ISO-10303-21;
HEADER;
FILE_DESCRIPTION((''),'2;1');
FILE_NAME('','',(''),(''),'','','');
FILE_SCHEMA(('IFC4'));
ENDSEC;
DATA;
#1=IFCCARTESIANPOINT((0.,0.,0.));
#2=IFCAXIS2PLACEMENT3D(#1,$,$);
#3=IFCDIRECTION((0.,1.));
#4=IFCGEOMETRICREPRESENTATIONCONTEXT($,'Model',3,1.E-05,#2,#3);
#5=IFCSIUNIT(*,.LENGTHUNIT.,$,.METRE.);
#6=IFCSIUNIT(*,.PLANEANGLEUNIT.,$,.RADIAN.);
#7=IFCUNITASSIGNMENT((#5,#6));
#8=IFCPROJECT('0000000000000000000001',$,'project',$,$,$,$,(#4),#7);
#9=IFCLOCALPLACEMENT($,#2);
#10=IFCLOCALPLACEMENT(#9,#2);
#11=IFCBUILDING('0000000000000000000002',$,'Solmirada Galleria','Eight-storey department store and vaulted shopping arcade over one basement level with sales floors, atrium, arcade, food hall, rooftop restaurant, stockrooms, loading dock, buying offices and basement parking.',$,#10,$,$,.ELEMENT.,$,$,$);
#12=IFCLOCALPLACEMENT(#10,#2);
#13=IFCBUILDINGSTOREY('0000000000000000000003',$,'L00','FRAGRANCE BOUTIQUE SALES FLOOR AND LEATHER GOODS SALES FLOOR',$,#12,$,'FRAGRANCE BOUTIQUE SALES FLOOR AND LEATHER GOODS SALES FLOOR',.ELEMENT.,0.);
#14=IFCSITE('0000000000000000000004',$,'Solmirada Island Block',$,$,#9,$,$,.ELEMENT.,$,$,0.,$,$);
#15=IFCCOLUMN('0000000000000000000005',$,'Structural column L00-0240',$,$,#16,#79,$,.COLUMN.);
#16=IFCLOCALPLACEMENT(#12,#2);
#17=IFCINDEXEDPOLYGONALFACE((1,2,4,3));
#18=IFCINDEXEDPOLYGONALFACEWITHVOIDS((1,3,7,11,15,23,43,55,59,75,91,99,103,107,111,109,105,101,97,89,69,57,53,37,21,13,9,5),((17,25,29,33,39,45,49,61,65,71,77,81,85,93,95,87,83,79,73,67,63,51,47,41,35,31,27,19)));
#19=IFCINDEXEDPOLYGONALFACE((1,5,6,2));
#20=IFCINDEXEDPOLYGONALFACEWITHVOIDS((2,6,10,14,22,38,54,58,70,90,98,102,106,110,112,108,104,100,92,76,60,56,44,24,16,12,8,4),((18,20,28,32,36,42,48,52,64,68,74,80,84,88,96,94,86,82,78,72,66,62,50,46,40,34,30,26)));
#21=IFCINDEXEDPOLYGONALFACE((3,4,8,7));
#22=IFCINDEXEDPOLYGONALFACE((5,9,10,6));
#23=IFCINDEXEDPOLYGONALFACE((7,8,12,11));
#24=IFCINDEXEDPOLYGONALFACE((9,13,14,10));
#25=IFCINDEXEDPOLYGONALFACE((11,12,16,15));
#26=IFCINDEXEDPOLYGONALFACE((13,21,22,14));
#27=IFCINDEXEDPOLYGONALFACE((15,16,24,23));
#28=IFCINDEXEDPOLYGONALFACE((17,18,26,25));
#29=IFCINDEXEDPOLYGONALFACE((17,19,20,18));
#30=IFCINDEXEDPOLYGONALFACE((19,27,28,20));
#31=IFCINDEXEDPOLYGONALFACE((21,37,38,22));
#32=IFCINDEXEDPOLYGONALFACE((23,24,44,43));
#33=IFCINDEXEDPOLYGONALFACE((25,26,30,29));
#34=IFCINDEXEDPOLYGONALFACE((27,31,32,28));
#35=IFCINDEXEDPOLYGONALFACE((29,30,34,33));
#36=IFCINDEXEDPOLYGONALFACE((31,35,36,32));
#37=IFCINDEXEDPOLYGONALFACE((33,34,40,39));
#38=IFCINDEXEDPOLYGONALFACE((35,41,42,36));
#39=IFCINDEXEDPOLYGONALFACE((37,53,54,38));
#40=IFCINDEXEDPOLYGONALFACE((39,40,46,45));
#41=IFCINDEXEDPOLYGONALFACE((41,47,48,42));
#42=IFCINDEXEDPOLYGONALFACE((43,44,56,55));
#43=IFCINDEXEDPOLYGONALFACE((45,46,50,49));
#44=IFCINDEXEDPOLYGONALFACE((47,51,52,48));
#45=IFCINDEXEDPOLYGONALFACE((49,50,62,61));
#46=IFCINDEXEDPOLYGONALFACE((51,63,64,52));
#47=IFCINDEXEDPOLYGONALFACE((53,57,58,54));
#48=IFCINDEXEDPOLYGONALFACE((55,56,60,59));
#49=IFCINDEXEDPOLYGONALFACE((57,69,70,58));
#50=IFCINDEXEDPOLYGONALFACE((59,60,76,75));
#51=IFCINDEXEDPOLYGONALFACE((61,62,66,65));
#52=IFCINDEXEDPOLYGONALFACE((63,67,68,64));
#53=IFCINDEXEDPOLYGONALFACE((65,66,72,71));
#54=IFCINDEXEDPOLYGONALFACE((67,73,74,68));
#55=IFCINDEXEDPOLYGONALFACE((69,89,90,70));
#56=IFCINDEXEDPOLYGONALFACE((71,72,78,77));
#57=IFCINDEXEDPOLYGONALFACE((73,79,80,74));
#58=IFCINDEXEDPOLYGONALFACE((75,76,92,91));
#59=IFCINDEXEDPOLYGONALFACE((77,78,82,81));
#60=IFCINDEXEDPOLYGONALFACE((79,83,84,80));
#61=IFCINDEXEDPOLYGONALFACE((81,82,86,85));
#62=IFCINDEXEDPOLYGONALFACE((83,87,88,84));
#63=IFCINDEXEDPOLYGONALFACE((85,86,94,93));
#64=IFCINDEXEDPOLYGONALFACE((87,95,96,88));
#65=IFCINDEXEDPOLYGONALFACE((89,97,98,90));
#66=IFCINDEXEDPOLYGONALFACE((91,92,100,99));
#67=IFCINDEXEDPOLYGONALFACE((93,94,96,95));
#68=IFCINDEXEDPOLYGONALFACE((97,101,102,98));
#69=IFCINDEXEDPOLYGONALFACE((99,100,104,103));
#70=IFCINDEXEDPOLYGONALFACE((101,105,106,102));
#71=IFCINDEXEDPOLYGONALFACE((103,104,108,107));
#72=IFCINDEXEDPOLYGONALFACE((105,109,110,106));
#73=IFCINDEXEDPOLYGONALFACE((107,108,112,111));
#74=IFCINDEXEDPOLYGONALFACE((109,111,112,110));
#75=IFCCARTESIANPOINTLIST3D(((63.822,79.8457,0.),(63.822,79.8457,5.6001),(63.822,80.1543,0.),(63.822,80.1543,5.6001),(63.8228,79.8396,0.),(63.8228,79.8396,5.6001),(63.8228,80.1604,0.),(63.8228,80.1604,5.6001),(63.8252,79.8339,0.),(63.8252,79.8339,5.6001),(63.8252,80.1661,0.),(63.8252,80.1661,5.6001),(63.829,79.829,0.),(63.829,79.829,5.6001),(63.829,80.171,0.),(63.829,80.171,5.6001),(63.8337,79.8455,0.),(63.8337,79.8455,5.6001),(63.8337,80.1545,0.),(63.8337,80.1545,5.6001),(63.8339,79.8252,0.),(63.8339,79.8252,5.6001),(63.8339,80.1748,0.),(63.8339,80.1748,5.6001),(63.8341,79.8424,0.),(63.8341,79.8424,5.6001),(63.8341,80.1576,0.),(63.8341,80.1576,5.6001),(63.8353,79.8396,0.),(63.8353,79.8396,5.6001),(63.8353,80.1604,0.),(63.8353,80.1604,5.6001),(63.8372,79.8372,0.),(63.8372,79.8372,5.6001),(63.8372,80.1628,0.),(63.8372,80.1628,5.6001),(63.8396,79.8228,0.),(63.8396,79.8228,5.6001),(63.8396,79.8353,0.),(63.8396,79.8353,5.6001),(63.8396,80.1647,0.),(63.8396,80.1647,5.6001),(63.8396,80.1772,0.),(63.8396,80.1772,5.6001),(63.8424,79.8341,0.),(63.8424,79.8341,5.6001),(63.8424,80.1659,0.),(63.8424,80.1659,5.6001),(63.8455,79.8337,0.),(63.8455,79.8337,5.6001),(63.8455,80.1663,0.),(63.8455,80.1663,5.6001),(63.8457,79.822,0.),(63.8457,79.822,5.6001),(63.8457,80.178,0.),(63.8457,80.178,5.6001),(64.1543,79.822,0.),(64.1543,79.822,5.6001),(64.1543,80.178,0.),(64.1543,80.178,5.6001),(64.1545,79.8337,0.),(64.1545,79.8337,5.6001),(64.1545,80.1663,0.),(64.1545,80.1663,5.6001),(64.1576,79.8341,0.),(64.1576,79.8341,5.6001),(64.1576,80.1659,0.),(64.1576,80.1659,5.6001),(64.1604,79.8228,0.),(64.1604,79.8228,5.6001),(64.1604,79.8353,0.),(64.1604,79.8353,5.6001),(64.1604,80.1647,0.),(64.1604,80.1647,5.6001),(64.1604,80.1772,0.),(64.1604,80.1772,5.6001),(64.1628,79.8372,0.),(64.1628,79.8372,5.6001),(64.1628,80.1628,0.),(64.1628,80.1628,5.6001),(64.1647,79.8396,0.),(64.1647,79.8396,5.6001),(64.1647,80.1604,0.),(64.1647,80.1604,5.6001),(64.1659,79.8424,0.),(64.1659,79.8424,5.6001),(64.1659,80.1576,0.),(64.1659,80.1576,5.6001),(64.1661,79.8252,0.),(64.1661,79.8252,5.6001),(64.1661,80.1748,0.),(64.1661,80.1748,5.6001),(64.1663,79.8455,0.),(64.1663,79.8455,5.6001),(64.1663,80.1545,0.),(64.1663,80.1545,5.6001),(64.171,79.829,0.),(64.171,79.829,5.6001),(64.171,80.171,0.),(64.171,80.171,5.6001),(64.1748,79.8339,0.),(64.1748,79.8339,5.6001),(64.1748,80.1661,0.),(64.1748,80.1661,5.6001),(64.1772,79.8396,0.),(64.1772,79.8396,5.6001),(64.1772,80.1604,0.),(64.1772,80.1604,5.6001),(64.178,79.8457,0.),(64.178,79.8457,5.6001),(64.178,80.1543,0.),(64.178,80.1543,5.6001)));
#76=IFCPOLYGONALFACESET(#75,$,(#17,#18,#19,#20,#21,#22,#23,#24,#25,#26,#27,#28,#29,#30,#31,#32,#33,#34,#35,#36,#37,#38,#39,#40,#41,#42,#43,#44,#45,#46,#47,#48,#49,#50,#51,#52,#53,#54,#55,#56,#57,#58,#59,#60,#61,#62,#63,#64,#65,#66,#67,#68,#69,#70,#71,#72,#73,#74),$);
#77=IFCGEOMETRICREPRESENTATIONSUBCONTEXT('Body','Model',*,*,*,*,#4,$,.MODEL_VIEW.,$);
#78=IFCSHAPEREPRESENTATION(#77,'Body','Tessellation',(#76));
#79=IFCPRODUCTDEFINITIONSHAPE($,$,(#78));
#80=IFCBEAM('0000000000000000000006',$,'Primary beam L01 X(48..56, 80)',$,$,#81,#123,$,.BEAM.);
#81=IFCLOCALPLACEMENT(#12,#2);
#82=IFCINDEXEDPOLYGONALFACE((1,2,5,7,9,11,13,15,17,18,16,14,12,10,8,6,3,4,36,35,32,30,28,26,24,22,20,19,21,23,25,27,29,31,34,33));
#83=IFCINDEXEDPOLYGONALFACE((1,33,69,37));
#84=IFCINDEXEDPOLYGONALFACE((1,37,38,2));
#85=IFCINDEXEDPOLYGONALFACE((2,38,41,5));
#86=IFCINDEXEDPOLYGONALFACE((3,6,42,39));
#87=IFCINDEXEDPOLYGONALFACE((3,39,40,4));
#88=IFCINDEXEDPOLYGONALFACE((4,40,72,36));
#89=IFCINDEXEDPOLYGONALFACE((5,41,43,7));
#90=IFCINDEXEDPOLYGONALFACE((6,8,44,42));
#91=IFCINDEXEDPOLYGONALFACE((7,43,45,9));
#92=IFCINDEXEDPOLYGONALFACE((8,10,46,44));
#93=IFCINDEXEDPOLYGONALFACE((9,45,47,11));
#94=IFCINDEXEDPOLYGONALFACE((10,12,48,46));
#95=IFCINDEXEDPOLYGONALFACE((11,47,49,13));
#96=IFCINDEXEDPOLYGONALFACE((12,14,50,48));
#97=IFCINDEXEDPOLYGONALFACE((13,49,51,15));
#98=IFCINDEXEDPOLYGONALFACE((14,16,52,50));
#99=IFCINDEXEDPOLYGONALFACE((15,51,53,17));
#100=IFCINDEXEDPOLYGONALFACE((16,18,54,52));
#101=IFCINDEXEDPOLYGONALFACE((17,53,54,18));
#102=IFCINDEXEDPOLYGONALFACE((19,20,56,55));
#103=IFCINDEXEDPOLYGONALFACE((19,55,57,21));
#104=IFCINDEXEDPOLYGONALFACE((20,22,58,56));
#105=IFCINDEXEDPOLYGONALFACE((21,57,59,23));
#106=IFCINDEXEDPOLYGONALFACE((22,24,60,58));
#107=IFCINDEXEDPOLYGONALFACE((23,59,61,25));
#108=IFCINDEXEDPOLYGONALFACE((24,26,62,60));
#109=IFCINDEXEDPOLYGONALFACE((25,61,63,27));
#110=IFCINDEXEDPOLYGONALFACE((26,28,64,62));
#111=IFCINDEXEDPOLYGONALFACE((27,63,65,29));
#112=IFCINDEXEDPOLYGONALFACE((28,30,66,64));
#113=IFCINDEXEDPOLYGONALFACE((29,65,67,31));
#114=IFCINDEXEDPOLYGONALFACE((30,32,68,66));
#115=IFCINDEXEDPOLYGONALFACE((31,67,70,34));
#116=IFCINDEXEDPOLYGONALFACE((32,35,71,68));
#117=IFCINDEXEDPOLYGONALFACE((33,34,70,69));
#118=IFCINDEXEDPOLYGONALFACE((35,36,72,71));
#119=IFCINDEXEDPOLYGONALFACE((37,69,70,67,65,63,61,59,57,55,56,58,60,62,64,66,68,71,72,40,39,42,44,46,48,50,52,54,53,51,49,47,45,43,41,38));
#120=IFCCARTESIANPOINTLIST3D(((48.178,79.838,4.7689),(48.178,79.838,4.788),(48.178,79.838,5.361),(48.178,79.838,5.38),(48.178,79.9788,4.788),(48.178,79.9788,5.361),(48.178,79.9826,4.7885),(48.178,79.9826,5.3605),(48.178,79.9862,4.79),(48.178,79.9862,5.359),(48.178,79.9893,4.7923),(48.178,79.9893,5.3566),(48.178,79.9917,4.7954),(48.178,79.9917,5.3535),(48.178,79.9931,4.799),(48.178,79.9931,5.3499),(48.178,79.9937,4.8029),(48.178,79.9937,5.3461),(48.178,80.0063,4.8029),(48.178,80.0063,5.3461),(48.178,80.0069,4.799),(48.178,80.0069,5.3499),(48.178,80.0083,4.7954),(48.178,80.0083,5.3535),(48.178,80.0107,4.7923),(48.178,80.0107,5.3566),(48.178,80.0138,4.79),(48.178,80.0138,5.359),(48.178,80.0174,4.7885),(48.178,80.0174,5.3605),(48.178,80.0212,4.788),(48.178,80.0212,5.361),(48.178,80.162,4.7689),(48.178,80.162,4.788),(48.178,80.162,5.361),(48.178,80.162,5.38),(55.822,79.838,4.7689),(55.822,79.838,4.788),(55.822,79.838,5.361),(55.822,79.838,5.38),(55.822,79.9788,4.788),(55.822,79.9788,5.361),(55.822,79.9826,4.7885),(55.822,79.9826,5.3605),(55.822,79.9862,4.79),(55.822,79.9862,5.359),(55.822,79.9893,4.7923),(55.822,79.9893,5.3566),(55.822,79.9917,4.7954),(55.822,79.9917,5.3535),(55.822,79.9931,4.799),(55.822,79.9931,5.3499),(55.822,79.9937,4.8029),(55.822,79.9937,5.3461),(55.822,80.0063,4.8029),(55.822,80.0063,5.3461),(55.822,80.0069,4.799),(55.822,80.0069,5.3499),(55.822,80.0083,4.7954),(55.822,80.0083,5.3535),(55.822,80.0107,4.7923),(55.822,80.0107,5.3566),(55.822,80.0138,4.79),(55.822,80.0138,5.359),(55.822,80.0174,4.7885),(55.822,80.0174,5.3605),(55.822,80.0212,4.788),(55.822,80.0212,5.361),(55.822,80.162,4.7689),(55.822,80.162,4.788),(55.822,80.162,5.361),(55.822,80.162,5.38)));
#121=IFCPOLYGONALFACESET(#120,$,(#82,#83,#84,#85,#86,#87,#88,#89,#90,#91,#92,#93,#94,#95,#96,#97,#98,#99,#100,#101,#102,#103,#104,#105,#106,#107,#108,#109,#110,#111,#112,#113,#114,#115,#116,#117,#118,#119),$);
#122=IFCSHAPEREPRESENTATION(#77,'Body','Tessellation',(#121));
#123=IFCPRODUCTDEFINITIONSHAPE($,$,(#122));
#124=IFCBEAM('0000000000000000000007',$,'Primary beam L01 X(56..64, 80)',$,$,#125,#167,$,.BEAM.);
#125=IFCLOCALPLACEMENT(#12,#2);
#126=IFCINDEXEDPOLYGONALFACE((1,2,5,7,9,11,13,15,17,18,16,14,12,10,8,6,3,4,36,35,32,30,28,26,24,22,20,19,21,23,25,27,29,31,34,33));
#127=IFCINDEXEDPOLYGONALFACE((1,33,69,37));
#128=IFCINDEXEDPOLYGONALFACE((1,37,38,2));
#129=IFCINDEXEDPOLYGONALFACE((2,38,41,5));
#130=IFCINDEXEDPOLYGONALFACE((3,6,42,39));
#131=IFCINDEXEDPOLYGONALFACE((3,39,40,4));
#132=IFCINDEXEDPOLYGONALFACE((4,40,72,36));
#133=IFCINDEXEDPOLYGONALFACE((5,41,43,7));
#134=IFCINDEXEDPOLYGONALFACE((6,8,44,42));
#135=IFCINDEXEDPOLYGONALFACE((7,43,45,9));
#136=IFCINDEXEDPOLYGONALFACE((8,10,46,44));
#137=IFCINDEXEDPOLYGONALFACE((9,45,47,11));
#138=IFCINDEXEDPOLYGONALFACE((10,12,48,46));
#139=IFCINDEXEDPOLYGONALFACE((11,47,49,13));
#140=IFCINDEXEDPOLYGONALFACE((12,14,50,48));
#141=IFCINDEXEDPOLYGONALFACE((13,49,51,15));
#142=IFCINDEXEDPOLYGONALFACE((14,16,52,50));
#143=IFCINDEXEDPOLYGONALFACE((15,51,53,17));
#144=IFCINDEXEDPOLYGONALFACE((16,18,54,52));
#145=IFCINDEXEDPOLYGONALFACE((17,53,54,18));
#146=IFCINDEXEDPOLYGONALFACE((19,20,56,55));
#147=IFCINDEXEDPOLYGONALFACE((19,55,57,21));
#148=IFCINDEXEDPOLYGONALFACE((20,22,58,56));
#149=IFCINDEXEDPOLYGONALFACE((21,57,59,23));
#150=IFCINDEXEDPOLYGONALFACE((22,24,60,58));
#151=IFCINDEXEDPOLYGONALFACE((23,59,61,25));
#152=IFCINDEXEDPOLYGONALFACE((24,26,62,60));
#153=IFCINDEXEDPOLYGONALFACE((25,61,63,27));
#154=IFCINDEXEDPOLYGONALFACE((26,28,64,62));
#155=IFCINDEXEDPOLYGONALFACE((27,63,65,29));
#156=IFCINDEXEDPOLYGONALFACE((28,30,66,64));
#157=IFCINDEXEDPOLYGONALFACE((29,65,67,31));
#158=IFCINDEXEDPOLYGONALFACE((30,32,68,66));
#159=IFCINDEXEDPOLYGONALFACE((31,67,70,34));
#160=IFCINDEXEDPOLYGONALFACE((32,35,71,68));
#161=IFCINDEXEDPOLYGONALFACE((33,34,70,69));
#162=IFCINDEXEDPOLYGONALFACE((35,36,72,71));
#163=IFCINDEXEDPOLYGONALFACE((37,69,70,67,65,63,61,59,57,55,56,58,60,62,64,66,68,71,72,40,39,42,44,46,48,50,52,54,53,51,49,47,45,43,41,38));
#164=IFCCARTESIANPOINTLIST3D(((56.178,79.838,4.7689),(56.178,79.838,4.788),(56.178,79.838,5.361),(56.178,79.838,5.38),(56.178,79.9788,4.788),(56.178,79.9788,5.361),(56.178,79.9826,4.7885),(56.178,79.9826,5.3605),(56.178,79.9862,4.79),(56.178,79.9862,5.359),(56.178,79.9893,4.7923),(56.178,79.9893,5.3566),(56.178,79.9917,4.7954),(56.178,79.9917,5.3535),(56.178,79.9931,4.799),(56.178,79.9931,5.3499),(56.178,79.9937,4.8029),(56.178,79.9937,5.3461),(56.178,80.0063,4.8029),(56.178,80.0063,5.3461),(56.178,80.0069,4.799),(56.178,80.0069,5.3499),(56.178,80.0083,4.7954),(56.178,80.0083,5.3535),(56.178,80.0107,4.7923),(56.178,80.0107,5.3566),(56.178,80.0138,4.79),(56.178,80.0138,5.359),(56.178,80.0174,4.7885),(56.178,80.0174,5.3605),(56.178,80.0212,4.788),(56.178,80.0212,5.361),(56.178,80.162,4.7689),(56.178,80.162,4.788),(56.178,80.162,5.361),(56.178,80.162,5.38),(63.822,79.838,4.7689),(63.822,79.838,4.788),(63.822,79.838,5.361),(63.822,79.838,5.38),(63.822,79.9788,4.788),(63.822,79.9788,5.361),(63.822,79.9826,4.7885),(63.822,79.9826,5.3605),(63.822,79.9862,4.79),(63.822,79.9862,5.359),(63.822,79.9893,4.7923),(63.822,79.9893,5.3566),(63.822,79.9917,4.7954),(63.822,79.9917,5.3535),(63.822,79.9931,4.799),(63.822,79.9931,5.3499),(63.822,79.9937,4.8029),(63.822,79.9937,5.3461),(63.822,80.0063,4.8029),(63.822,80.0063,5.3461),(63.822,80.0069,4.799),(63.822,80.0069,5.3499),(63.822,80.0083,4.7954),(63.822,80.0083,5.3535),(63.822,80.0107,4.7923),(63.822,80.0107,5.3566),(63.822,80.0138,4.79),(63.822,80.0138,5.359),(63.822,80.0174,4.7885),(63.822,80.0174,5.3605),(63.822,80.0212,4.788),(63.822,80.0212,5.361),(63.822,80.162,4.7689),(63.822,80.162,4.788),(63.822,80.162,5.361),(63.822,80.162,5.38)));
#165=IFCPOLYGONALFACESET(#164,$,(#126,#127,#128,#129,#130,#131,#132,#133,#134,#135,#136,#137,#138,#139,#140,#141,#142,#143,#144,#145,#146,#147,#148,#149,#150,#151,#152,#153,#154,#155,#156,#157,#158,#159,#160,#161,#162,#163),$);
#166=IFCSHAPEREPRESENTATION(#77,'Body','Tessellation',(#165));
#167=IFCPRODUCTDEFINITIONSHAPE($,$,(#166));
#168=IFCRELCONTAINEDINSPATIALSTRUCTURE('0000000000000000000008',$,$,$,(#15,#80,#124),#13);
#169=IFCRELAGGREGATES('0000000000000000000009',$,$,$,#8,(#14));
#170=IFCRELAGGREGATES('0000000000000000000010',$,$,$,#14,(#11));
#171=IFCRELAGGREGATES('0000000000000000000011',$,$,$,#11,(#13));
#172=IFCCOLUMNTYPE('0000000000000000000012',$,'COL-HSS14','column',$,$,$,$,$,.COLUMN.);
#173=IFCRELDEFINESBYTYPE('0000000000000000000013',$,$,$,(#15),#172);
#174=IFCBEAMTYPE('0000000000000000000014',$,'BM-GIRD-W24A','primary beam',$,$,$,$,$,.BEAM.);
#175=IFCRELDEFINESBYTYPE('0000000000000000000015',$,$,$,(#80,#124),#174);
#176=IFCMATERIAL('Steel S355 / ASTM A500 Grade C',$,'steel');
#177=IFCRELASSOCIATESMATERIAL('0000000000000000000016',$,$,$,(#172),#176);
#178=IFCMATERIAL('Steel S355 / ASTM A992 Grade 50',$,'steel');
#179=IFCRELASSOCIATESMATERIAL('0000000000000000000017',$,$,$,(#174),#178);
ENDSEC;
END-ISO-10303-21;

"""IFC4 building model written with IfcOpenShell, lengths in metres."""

from ifc_helpers import new_model, si_unit, direction, frame, origin, origin_2d, place, context, subcontext, project, spatial, hollow_rectangle, i_section, extrude, material, material_profile, profile_set, type_object, element, save


model = new_model("IFC4")

# Units and contexts
model_context = context("Model", 3, precision=1e-05, world=origin(), true_north=direction((0.0, 1.0)))
body_context = subcontext(model_context, "Body", "Model", "MODEL_VIEW")
ifc_project = project(units=[si_unit("LENGTHUNIT", "METRE"), si_unit("PLANEANGLEUNIT", "RADIAN")], contexts=[model_context])

# Site, building, storey
site_placement = place(None, origin())
site = spatial("IfcSite", under=ifc_project, at=site_placement, Name="Solmirada Island Block", CompositionType="ELEMENT", RefElevation=0.0)
building_placement = place(site_placement, origin())
building = spatial("IfcBuilding", under=site, at=building_placement, Name="Solmirada Galleria", Description="Eight-storey department store and vaulted shopping arcade over one basement level with sales floors, atrium, arcade, food hall, rooftop restaurant, stockrooms, loading dock, buying offices and basement parking.", CompositionType="ELEMENT")
storey_placement = place(building_placement, origin())
storey = spatial("IfcBuildingStorey", under=building, at=storey_placement, Name="L00", Description="FRAGRANCE BOUTIQUE SALES FLOOR AND LEATHER GOODS SALES FLOOR", LongName="FRAGRANCE BOUTIQUE SALES FLOOR AND LEATHER GOODS SALES FLOOR", CompositionType="ELEMENT", Elevation=0.0)

# Column
ifc_material_1 = material(Name="Steel S355 / ASTM A500 Grade C", Category="steel")
ifc_material_profile_1 = material_profile(ifc_material_1, hollow_rectangle(XDim=0.356, YDim=0.356, WallThickness=0.0117, InnerFilletRadius=0.0117, OuterFilletRadius=0.0237, at=origin_2d()), Name="HSS14X14X1/2")
ifc_profile_set_1 = profile_set([ifc_material_profile_1], Name="Steel S355 / ASTM A500 Grade C")
column_type_1 = type_object("IfcColumnType", Name="COL-HSS14", Description="column", PredefinedType="COLUMN", material=ifc_profile_set_1)
for number, where, z_axis, x_axis, name in (
    (1, (64.0, 80.0, 0.0), (0.0, 0.0, 1.0), (1.0, 0.0, 0.0), "Structural column L00-0240"),
):
    element("IfcColumn", number, at=place(storey_placement, frame(where, z_axis=z_axis, x_axis=x_axis)), inside=storey, type_object=column_type_1, Name=name, PredefinedType="COLUMN", context=body_context, shape_type="SweptSolid", body=[
        extrude(hollow_rectangle(XDim=0.356, YDim=0.356, WallThickness=0.0117, InnerFilletRadius=0.0117, OuterFilletRadius=0.0237, at=origin_2d()), origin(), (0.0, 0.0, 1.0), 5.6001),
    ])

# Beams
ifc_material_2 = material(Name="Steel S355 / ASTM A992 Grade 50", Category="steel")
ifc_material_profile_2 = material_profile(ifc_material_2, i_section(OverallWidth=0.324, OverallDepth=0.6111, WebThickness=0.0127, FlangeThickness=0.019, FilletRadius=0.0149, at=origin_2d()), Name="W24X104")
ifc_profile_set_2 = profile_set([ifc_material_profile_2], Name="Steel S355 / ASTM A992 Grade 50")
beam_type_1 = type_object("IfcBeamType", Name="BM-GIRD-W24A", Description="primary beam", PredefinedType="BEAM", material=ifc_profile_set_2)
for number, where, z_axis, x_axis, name in (
    (2, (48.178, 80.0, 5.0745), (1.0, 0.0, 0.0), (0.0, 1.0, 0.0), "Primary beam L01 X(48..56, 80)"),
    (3, (56.178, 80.0, 5.0745), (1.0, 0.0, 0.0), (0.0, 1.0, 0.0), "Primary beam L01 X(56..64, 80)"),
):
    element("IfcBeam", number, at=place(storey_placement, frame(where, z_axis=z_axis, x_axis=x_axis)), inside=storey, type_object=beam_type_1, Name=name, PredefinedType="BEAM", context=body_context, shape_type="SweptSolid", body=[
        extrude(i_section(OverallWidth=0.324, OverallDepth=0.6111, WebThickness=0.0127, FlangeThickness=0.019, FilletRadius=0.0149, at=origin_2d()), origin(), (0.0, 0.0, 1.0), 7.644),
    ])

save(model, "model.ifc")
